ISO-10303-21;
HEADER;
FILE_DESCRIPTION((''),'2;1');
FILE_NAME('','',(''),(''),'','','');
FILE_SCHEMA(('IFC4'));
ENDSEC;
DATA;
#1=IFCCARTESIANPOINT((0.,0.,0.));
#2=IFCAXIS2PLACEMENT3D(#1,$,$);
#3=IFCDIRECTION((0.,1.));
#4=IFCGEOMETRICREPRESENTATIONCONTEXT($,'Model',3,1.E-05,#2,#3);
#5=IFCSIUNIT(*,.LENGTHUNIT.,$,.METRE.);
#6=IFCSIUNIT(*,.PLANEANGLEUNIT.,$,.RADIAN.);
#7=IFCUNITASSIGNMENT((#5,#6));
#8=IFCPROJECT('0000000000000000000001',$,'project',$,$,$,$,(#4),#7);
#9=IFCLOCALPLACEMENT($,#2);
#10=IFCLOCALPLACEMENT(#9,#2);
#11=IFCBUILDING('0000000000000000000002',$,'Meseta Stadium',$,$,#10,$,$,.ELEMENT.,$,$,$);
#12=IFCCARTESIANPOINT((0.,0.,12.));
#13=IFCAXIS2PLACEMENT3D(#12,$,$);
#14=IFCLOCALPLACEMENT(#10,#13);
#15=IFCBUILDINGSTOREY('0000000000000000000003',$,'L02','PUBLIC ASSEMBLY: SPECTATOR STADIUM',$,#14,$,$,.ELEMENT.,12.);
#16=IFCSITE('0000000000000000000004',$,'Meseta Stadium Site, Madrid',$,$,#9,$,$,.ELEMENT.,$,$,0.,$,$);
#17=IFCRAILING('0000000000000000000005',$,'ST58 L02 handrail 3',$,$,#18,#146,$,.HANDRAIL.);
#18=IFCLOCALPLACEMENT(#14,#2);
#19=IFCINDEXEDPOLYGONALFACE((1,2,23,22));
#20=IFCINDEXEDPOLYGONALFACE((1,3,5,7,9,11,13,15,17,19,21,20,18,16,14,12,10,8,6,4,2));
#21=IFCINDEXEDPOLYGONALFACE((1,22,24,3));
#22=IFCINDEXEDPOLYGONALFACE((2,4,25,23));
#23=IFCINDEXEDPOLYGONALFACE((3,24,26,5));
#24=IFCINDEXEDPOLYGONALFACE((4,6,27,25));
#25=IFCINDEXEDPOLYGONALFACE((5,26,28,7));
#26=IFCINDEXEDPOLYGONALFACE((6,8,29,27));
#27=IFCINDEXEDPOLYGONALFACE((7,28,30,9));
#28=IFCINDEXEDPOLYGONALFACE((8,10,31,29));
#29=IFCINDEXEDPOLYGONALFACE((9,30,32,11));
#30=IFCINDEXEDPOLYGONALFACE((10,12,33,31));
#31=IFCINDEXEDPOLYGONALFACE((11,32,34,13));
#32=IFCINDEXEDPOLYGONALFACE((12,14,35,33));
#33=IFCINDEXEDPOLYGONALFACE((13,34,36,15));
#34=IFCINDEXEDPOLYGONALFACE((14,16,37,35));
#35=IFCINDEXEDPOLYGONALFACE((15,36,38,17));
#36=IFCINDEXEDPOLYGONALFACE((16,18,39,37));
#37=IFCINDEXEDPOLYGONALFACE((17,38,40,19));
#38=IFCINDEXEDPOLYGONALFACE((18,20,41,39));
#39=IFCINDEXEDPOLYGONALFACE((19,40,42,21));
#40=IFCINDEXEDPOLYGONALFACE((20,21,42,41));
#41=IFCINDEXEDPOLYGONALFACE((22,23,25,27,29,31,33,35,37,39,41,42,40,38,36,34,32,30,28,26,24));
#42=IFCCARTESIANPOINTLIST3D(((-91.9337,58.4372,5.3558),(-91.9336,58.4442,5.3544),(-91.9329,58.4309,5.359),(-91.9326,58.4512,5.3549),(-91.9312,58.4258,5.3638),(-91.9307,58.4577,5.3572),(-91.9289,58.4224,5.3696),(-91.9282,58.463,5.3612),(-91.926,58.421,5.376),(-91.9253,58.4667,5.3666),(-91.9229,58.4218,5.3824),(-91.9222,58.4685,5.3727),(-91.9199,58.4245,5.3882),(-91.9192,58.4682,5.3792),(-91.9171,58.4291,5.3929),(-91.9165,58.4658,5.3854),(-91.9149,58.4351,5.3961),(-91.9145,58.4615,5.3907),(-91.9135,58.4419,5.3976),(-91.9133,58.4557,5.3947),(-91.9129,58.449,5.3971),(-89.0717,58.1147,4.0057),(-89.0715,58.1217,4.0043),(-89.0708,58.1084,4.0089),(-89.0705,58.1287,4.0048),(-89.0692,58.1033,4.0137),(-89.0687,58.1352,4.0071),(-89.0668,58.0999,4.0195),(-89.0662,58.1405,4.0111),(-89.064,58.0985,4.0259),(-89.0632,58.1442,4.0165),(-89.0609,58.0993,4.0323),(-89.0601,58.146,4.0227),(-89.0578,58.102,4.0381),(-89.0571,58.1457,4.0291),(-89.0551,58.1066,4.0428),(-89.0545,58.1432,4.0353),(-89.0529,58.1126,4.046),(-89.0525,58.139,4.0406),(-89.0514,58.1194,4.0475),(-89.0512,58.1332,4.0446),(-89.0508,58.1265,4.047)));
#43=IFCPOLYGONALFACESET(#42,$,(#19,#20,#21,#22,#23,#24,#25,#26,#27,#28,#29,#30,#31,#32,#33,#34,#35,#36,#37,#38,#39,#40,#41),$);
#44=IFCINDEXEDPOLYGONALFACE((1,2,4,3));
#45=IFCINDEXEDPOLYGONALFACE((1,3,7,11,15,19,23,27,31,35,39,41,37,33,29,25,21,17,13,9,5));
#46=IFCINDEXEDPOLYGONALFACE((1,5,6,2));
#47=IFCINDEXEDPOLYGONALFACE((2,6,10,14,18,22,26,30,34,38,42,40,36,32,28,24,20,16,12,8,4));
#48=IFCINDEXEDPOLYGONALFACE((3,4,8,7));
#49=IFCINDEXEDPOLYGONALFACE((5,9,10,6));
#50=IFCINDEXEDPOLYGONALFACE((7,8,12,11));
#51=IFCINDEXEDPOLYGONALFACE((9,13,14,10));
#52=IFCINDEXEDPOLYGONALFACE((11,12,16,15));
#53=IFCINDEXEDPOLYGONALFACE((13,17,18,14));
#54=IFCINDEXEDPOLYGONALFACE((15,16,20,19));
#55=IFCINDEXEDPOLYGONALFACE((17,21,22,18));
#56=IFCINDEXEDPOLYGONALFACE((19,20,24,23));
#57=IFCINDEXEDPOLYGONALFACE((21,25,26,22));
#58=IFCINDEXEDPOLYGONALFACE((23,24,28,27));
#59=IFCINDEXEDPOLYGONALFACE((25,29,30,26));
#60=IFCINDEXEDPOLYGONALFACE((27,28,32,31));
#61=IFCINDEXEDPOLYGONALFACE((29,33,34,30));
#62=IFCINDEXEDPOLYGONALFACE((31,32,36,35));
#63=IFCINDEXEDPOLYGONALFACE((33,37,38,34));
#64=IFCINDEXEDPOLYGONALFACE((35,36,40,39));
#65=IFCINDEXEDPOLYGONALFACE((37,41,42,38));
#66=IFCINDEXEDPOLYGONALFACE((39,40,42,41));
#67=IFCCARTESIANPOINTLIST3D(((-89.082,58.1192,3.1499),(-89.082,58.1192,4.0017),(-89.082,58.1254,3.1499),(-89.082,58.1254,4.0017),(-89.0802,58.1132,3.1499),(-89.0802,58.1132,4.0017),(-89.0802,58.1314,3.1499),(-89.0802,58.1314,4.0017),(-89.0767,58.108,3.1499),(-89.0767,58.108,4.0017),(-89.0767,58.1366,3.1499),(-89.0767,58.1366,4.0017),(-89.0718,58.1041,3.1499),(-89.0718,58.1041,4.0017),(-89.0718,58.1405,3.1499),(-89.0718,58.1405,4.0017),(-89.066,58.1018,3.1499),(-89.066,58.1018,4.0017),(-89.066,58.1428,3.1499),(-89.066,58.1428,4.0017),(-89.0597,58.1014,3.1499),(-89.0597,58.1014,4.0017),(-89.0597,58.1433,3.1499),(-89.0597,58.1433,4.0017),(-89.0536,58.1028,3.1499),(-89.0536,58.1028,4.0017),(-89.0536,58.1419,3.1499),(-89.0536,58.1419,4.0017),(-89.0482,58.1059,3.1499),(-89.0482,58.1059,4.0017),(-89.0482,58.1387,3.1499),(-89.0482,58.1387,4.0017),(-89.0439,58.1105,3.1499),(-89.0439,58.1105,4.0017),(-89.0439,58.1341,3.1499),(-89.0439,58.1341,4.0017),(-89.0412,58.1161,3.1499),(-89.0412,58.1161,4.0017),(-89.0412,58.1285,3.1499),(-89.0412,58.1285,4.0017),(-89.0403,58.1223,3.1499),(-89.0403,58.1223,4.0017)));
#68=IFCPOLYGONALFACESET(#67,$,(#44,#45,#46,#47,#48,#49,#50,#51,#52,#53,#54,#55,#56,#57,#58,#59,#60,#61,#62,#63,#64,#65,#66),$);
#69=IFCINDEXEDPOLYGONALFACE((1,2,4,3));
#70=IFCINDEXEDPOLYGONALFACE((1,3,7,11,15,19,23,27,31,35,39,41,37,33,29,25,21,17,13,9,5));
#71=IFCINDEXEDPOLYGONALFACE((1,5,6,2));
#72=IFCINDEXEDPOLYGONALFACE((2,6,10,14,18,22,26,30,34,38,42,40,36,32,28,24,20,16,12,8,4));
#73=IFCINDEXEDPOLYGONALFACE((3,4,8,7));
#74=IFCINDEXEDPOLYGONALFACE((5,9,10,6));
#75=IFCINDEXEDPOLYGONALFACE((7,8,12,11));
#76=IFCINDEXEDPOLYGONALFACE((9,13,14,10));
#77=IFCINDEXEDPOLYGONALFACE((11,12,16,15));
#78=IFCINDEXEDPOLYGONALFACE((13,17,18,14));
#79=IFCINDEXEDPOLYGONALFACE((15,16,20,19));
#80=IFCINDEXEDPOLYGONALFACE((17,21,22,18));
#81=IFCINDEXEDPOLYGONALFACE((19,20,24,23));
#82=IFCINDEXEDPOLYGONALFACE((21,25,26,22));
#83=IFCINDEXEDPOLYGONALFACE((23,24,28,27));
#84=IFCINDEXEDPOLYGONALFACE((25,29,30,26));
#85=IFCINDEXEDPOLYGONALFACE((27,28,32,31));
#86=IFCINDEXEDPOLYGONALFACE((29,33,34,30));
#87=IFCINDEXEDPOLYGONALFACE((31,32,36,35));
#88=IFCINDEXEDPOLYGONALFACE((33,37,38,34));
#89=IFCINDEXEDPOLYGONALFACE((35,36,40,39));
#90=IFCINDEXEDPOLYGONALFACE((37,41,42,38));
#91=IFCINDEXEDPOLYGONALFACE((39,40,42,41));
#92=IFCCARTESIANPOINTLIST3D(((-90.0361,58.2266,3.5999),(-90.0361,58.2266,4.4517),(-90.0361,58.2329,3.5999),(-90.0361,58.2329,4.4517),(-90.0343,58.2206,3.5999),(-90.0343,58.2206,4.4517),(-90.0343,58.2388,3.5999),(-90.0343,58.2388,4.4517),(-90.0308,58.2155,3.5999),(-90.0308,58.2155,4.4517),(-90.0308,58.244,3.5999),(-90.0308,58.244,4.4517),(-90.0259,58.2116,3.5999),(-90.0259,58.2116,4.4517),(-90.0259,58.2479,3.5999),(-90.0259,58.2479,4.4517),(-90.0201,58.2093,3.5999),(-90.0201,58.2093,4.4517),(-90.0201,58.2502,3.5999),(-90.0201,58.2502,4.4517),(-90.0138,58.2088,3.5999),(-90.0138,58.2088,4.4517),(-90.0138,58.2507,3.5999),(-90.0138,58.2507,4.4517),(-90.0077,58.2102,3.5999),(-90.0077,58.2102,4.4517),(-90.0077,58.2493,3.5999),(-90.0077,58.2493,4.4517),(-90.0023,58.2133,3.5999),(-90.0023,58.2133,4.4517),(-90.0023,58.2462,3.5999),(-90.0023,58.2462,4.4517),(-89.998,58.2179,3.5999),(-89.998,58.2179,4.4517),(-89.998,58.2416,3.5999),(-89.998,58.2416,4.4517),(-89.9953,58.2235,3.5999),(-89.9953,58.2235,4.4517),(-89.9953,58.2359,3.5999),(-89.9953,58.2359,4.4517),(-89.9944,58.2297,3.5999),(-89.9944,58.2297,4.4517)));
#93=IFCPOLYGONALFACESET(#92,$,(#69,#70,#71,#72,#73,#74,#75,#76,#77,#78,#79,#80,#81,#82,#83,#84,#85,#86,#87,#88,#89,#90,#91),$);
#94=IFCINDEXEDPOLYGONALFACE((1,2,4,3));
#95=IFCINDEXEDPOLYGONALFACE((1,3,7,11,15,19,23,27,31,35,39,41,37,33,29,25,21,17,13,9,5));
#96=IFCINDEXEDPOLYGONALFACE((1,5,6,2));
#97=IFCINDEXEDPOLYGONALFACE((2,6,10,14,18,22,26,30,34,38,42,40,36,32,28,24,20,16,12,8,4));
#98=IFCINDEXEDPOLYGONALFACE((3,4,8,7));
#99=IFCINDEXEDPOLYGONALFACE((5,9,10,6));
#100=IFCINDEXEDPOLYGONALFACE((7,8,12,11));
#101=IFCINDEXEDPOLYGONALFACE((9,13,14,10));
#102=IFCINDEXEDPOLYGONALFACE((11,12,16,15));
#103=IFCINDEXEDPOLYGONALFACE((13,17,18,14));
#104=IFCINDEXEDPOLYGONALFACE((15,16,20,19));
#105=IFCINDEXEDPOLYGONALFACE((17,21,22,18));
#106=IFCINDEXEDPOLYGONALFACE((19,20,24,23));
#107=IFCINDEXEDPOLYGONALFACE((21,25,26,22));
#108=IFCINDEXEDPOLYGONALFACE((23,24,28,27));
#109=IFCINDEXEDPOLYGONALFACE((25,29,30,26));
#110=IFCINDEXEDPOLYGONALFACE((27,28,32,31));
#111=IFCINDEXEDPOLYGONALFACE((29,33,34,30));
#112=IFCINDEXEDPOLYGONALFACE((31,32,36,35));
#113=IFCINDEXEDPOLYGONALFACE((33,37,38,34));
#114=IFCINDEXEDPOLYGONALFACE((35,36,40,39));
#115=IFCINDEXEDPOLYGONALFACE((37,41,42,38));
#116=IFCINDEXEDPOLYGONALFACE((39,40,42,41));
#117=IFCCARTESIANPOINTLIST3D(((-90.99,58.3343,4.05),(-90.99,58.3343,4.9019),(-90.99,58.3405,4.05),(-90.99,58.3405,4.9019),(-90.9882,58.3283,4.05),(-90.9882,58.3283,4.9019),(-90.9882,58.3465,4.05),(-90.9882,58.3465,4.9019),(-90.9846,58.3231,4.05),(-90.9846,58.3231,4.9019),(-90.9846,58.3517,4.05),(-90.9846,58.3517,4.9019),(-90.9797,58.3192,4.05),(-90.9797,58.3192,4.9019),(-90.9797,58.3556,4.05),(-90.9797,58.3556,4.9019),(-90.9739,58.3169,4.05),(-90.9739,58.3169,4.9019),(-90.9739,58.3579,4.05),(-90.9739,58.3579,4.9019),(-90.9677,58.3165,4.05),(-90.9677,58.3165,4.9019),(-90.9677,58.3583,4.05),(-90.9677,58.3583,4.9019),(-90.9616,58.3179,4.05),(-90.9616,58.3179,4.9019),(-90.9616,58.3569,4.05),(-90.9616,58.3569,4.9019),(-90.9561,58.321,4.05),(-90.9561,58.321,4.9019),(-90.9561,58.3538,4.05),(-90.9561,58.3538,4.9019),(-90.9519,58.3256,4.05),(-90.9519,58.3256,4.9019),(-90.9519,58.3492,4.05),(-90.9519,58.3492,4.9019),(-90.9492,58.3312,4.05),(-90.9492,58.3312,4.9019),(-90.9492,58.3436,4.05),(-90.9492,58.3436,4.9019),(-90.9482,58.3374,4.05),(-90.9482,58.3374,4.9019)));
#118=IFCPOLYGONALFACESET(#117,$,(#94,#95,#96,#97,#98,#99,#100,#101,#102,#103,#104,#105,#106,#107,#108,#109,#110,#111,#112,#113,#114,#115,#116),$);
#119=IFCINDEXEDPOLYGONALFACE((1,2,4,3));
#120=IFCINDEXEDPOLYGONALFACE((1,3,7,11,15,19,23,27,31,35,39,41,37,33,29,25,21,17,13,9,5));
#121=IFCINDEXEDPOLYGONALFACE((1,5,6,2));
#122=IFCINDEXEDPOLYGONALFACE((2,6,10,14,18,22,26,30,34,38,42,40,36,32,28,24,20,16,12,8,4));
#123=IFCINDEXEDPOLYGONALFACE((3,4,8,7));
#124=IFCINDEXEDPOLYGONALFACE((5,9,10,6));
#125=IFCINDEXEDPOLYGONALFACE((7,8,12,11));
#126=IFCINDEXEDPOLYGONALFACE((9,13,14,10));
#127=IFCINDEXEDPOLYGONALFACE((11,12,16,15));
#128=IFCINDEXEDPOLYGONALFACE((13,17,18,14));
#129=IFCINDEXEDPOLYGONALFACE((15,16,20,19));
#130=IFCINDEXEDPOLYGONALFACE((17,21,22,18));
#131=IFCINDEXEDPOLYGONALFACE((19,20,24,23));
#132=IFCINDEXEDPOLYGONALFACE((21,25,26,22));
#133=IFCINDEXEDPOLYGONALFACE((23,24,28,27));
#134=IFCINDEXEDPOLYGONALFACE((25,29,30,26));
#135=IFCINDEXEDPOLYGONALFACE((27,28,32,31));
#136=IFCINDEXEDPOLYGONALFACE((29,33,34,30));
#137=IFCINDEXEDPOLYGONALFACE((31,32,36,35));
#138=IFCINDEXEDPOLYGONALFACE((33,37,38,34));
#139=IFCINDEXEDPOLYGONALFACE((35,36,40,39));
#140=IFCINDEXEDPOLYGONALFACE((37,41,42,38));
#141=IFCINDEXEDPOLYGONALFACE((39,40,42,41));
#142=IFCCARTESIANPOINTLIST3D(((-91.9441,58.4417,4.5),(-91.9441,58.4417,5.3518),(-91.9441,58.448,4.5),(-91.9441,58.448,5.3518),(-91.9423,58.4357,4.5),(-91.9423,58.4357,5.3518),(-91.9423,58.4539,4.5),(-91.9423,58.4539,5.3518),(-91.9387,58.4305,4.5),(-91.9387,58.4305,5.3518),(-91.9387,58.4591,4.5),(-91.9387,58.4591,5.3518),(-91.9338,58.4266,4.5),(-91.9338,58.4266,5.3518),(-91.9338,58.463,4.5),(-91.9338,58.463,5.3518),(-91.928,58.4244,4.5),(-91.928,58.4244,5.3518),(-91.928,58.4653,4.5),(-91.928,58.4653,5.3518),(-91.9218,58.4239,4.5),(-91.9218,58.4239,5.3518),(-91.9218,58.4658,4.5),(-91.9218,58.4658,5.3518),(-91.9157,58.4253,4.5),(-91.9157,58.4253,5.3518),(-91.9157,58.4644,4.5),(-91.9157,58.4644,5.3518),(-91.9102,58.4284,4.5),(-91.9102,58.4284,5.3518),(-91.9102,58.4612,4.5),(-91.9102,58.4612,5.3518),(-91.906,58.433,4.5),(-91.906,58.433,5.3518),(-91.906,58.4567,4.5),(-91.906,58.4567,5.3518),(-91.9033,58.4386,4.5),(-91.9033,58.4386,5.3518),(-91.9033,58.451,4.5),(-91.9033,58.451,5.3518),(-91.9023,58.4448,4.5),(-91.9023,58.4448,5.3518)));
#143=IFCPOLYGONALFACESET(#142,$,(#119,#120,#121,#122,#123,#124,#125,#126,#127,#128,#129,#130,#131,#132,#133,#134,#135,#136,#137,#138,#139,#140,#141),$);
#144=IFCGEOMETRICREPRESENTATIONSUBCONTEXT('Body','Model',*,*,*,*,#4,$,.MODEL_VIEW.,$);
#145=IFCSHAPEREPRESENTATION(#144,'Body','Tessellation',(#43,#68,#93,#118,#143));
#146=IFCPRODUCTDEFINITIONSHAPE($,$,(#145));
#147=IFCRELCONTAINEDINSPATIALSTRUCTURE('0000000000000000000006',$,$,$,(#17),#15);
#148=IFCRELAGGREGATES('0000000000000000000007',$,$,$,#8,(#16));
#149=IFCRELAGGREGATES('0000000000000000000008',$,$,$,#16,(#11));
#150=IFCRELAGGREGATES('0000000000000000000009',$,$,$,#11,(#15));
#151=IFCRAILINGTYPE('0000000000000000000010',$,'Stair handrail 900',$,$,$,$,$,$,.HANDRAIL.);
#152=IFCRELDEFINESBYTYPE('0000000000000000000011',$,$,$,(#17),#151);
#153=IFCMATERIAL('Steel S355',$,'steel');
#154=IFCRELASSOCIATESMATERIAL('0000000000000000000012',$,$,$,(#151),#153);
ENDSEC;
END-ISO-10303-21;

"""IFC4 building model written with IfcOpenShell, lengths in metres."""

from ifc_helpers import new_model, si_unit, direction, frame, origin, origin_2d, place, context, subcontext, project, spatial, circle, extrude, material, type_object, element, save


model = new_model("IFC4")

# Units and contexts
model_context = context("Model", 3, precision=1e-05, world=origin(), true_north=direction((0.0, 1.0)))
body_context = subcontext(model_context, "Body", "Model", "MODEL_VIEW")
ifc_project = project(units=[si_unit("LENGTHUNIT", "METRE"), si_unit("PLANEANGLEUNIT", "RADIAN")], contexts=[model_context])

# Site, building, storey
site_placement = place(None, origin())
site = spatial("IfcSite", under=ifc_project, at=site_placement, Name="Meseta Stadium Site, Madrid", CompositionType="ELEMENT", RefElevation=0.0)
building_placement = place(site_placement, origin())
building = spatial("IfcBuilding", under=site, at=building_placement, Name="Meseta Stadium", CompositionType="ELEMENT")
storey_placement = place(building_placement, frame((0.0, 0.0, 12.0)))
storey = spatial("IfcBuildingStorey", under=building, at=storey_placement, Name="L02", Description="PUBLIC ASSEMBLY: SPECTATOR STADIUM", CompositionType="ELEMENT", Elevation=12.0)

# Railing
ifc_material_1 = material(Name="Steel S355", Category="steel")
railing_type_1 = type_object("IfcRailingType", Name="Stair handrail 900", PredefinedType="HANDRAIL", material=ifc_material_1)
for number, where, name in (
    (1, (-89.0613, 58.1223, 3.1499), "ST58 L02 handrail 3"),
):
    element("IfcRailing", number, at=place(storey_placement, frame(where)), inside=storey, type_object=railing_type_1, Name=name, PredefinedType="HANDRAIL", context=body_context, shape_type="SweptSolid", body=[
        extrude(circle(Radius=0.0239, at=origin_2d()), frame((0.0, 0.0, 0.876), z_axis=(-0.899763, 0.101389, 0.424438), x_axis=(-0.111976, -0.993711, 0.0)), (0.0, 0.0, 1.0), 3.1809),
        extrude(circle(Radius=0.021, at=origin_2d()), origin(), (0.0, 0.0, 1.0), 0.8518),
        extrude(circle(Radius=0.021, at=origin_2d()), frame((-0.9541, 0.1074, 0.45)), (0.0, 0.0, 1.0), 0.8518),
        extrude(circle(Radius=0.021, at=origin_2d()), frame((-1.908, 0.2151, 0.9001)), (0.0, 0.0, 1.0), 0.8518),
        extrude(circle(Radius=0.021, at=origin_2d()), frame((-2.8621, 0.3225, 1.3501)), (0.0, 0.0, 1.0), 0.8518),
    ])

save(model, "model.ifc")
